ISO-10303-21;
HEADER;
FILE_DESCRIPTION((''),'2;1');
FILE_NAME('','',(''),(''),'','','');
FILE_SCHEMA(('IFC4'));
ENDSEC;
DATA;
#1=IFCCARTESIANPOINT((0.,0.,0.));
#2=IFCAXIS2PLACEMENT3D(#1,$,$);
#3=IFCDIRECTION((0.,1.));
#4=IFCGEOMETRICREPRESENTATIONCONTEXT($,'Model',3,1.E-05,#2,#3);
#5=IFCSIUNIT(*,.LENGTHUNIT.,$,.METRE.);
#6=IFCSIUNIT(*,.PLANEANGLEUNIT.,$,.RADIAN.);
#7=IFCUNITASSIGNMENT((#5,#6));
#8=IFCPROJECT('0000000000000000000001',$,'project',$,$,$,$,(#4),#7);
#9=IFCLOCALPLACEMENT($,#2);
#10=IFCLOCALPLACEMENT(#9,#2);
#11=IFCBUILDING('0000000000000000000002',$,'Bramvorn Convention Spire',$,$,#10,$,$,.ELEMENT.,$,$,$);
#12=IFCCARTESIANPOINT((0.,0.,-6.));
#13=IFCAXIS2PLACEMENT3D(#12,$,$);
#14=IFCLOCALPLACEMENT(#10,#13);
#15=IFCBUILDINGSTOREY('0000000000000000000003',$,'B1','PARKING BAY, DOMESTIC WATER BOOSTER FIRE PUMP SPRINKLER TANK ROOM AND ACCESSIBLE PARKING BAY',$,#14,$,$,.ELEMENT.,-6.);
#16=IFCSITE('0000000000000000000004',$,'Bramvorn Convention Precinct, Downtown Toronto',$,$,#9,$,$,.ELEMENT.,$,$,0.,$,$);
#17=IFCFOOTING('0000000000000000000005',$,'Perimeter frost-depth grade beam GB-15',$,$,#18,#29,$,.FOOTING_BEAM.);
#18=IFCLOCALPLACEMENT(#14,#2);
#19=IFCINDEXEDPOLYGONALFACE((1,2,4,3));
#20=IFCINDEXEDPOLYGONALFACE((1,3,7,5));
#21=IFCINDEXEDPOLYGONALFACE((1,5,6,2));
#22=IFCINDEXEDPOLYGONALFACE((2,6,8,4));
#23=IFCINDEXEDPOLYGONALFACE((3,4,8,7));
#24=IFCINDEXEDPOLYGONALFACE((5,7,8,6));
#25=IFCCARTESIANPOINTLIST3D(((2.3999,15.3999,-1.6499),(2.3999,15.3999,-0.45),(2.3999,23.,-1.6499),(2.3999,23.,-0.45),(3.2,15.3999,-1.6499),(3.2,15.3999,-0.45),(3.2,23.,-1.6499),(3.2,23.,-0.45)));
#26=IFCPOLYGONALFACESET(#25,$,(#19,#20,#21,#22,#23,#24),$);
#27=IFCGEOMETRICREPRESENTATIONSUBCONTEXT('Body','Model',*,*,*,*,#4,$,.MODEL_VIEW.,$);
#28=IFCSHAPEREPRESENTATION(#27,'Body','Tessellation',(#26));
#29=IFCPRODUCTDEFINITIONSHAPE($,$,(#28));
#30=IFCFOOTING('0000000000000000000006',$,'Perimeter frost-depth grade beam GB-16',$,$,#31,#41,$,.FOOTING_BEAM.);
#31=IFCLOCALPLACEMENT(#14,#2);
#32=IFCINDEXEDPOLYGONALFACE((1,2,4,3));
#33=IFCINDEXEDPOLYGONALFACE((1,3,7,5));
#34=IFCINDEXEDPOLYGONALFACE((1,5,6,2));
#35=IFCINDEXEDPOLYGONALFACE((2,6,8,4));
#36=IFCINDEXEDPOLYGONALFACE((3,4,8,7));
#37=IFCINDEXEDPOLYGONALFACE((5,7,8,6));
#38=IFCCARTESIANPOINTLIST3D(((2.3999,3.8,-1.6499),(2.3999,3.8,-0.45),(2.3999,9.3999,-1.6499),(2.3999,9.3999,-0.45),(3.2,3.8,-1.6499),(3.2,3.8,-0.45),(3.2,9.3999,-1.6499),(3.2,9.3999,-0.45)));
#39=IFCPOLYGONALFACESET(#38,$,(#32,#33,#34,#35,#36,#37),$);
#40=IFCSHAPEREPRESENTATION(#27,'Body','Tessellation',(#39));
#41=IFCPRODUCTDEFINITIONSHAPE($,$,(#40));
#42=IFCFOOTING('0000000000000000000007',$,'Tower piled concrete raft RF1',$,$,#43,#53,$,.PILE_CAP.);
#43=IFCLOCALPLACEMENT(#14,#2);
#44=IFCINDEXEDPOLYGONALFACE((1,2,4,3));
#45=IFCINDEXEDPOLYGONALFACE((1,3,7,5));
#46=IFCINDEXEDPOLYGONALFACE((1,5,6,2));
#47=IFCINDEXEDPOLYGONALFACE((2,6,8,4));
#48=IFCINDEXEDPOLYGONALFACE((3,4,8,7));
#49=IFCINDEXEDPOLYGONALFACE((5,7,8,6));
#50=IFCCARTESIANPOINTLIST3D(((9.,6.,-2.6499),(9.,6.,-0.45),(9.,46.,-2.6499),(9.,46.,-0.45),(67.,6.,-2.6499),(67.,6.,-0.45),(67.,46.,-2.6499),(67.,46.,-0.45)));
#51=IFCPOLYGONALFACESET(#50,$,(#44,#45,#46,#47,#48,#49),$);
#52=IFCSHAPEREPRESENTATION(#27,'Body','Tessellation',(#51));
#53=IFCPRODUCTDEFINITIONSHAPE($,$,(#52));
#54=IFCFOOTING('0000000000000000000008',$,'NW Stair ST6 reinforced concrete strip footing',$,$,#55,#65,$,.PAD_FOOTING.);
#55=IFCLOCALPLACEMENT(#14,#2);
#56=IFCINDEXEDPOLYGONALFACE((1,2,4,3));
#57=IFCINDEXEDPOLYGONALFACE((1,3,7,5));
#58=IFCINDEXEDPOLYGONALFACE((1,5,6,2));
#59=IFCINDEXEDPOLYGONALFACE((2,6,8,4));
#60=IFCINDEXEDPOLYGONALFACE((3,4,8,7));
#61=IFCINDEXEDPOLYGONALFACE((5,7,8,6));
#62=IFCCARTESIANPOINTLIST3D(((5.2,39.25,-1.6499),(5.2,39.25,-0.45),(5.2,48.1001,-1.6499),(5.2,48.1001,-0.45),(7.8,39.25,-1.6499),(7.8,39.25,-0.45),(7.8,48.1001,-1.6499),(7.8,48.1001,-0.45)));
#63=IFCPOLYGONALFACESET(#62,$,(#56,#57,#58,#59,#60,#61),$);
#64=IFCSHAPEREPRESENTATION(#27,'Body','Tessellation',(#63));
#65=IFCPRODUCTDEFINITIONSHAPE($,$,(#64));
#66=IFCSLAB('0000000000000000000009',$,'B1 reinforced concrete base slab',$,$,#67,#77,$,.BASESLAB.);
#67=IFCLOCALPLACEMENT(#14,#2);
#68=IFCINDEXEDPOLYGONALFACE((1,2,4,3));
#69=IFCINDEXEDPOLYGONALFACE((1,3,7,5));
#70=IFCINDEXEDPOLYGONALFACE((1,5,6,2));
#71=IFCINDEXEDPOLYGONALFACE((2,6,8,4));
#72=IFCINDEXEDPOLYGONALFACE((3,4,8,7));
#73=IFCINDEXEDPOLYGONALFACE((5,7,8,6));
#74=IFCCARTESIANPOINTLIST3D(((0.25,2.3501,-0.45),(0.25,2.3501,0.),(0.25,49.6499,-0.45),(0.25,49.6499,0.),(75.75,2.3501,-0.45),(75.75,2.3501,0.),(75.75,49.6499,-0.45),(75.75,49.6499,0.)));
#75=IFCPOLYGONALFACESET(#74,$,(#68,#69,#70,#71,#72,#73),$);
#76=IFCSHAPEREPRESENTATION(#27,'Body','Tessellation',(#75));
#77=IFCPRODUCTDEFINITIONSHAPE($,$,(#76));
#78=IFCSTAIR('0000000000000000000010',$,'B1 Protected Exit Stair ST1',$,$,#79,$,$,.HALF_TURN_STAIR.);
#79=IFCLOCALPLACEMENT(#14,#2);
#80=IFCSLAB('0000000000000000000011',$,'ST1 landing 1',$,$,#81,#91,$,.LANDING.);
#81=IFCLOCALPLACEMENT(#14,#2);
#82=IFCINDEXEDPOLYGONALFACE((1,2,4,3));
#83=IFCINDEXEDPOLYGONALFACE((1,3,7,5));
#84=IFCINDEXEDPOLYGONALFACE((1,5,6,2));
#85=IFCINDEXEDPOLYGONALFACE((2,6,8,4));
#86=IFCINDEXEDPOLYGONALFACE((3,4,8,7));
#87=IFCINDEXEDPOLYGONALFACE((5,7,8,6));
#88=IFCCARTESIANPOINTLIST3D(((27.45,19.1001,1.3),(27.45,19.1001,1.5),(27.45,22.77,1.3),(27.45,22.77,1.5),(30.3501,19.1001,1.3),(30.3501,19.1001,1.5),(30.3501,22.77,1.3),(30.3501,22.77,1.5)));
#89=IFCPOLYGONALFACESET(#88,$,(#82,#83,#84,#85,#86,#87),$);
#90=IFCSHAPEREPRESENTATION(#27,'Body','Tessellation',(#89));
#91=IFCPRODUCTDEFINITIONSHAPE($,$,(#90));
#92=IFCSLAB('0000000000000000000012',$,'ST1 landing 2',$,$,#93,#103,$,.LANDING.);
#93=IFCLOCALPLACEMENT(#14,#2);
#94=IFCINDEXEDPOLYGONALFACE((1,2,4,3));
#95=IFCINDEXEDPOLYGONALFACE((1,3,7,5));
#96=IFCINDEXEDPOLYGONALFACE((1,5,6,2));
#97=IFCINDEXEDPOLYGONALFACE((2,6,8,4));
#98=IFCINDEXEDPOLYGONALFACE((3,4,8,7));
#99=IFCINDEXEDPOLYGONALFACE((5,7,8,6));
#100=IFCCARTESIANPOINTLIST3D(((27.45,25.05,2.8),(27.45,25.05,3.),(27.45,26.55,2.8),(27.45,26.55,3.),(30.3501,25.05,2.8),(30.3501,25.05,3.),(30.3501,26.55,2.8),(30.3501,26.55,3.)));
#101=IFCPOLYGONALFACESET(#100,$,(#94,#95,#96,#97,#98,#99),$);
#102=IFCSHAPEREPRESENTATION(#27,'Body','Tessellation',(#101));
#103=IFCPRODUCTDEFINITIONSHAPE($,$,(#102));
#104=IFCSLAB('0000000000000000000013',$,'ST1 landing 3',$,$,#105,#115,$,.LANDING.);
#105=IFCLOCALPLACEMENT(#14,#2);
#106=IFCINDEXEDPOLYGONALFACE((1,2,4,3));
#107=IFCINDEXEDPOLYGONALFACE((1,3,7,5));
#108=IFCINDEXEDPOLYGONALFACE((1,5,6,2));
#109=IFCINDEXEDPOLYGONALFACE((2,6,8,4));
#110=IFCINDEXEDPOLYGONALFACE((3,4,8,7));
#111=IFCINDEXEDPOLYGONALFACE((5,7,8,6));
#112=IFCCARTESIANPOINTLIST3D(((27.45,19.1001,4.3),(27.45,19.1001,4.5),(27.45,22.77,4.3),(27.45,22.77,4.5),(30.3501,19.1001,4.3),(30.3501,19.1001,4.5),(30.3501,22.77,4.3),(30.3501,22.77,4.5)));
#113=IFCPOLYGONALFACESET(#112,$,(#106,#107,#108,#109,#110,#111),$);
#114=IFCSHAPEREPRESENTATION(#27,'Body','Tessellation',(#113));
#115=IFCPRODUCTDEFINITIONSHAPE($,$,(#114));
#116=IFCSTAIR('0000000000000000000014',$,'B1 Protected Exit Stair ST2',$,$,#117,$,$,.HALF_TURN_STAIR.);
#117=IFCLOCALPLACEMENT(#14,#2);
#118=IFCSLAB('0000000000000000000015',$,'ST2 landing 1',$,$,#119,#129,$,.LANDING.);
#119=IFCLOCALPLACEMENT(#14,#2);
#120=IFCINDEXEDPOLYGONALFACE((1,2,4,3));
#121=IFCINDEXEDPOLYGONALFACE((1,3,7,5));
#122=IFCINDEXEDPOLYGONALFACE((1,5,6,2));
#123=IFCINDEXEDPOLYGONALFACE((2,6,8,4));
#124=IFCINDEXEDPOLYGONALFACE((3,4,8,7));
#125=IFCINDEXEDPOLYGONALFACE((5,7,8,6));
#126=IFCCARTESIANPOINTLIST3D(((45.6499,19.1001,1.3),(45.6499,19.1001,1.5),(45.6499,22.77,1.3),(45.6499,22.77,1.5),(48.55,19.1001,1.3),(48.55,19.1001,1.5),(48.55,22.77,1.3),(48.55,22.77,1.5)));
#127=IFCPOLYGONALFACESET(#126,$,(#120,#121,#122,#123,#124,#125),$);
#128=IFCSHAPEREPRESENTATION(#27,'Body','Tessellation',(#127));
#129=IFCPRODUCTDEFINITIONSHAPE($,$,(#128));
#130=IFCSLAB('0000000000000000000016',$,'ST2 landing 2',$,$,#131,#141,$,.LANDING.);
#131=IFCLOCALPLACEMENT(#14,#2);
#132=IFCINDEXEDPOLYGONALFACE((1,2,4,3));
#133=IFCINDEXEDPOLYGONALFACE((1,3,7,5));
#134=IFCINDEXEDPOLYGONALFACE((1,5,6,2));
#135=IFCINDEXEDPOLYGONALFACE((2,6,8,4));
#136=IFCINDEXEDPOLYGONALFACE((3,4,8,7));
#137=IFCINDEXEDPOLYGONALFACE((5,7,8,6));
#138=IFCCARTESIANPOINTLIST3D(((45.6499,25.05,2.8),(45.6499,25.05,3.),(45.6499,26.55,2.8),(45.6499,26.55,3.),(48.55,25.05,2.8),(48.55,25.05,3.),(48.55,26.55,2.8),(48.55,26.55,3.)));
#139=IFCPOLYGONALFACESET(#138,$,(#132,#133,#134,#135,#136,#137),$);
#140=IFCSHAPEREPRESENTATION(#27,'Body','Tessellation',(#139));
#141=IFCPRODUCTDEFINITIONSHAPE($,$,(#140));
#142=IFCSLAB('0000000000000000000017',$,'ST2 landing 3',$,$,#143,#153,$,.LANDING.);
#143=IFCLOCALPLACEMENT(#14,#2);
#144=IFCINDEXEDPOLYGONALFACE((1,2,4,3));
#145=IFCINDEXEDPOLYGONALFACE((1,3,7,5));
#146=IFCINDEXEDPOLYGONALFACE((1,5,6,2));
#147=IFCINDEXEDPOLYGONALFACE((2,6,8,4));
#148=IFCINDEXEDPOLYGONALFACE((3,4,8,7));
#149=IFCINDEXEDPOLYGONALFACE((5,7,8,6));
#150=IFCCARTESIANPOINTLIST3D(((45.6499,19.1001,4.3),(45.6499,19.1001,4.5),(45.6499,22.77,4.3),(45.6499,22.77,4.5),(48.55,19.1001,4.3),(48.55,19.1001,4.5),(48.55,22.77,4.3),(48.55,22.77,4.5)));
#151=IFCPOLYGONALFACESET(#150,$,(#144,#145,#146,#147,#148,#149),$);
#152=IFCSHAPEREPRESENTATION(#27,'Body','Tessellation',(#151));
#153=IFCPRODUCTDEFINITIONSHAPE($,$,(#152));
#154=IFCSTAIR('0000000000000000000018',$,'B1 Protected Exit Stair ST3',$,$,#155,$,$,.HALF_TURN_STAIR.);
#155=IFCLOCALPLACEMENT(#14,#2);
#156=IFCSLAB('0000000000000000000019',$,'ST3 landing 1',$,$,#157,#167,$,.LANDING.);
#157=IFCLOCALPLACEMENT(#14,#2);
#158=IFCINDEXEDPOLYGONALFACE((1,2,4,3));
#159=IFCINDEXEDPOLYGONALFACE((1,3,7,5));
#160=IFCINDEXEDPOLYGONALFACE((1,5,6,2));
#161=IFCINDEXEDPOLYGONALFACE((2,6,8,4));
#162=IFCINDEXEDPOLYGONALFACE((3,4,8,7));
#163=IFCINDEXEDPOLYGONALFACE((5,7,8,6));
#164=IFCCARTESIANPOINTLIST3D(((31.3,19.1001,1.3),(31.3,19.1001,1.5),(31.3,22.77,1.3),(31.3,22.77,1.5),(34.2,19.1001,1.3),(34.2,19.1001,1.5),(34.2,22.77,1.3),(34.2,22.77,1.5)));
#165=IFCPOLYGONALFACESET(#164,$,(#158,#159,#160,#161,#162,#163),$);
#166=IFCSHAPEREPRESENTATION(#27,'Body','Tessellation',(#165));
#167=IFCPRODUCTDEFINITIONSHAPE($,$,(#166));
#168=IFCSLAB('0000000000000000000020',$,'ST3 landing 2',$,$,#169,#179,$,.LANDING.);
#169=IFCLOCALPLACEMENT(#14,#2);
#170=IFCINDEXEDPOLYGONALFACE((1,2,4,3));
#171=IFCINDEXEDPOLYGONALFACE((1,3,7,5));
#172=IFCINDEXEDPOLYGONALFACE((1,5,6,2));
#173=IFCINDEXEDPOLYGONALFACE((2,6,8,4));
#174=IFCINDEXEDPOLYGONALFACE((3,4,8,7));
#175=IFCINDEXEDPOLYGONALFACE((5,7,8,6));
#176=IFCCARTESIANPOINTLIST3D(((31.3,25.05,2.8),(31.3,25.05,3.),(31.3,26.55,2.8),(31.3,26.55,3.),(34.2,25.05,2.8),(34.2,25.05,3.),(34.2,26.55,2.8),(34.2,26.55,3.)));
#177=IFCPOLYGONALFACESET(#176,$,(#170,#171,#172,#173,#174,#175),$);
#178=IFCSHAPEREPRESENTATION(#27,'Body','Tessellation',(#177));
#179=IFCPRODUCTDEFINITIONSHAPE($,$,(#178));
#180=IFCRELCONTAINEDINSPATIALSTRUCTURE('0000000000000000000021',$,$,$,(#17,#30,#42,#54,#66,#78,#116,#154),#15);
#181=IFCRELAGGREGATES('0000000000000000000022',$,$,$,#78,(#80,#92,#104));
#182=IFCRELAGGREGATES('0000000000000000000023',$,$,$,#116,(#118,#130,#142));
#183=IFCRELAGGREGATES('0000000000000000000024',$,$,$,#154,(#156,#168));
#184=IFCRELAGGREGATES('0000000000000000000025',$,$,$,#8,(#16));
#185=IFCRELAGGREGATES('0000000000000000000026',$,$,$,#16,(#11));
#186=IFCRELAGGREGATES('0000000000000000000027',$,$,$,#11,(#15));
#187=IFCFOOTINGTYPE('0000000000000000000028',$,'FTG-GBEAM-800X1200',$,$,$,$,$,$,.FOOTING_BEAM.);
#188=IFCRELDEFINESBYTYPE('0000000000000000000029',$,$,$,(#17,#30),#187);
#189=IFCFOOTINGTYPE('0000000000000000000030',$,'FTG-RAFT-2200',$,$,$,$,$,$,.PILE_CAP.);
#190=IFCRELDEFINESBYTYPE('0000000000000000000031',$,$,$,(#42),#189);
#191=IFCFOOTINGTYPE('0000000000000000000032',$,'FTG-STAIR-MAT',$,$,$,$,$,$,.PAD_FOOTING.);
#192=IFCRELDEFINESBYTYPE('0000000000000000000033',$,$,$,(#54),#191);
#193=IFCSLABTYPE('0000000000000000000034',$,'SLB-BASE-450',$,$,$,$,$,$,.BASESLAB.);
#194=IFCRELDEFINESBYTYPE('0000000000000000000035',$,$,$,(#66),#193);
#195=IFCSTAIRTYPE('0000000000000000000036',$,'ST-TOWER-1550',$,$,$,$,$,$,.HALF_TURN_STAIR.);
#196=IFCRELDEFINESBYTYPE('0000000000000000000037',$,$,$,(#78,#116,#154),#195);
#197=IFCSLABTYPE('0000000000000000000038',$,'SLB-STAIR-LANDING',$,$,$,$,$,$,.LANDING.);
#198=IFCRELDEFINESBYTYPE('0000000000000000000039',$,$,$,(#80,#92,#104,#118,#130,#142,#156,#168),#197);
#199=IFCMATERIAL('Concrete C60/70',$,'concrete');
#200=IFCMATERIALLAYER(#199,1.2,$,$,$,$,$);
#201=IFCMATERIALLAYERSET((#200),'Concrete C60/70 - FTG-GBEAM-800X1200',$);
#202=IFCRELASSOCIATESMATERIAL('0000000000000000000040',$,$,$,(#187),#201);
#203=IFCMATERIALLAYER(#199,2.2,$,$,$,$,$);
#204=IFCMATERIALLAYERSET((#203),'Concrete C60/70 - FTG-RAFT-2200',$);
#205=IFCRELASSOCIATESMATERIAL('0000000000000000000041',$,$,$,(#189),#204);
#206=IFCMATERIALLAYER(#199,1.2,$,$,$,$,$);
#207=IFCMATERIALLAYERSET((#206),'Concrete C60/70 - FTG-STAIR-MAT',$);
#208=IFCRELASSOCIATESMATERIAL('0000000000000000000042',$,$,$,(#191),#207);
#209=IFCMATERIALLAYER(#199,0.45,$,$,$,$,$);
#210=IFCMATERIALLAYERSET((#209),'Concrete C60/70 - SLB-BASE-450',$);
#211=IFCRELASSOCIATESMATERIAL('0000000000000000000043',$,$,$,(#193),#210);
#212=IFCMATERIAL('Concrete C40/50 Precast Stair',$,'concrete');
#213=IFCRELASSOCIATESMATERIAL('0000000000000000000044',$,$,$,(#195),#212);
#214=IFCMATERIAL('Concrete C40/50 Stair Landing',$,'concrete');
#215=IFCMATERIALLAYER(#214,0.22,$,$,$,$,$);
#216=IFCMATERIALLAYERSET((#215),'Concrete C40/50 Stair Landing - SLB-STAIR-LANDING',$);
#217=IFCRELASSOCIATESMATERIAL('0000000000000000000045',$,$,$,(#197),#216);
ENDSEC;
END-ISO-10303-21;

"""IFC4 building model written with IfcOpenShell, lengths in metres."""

from ifc_helpers import new_model, si_unit, direction, frame, origin, place, context, subcontext, project, spatial, polyline, outline, extrude, material, layer, layer_set, type_object, element, aggregate, save


model = new_model("IFC4")

# Units and contexts
model_context = context("Model", 3, precision=1e-05, world=origin(), true_north=direction((0.0, 1.0)))
body_context = subcontext(model_context, "Body", "Model", "MODEL_VIEW")
ifc_project = project(units=[si_unit("LENGTHUNIT", "METRE"), si_unit("PLANEANGLEUNIT", "RADIAN")], contexts=[model_context])

# Site, building, storey
site_placement = place(None, origin())
site = spatial("IfcSite", under=ifc_project, at=site_placement, Name="Bramvorn Convention Precinct, Downtown Toronto", CompositionType="ELEMENT", RefElevation=0.0)
building_placement = place(site_placement, origin())
building = spatial("IfcBuilding", under=site, at=building_placement, Name="Bramvorn Convention Spire", CompositionType="ELEMENT")
storey_placement = place(building_placement, frame((0.0, 0.0, -6.0)))
storey = spatial("IfcBuildingStorey", under=building, at=storey_placement, Name="B1", Description="PARKING BAY, DOMESTIC WATER BOOSTER FIRE PUMP SPRINKLER TANK ROOM AND ACCESSIBLE PARKING BAY", CompositionType="ELEMENT", Elevation=-6.0)

# Footings
ifc_material_1 = material(Name="Concrete C60/70", Category="concrete")
ifc_layer_1 = layer(ifc_material_1, 1.2)
ifc_layer_set_1 = layer_set([ifc_layer_1], Name="Concrete C60/70 - FTG-GBEAM-800X1200")
footing_type_1 = type_object("IfcFootingType", Name="FTG-GBEAM-800X1200", PredefinedType="FOOTING_BEAM", material=ifc_layer_set_1)
footing_1_placement = place(storey_placement, frame((0.0, 0.0, -1.6499)))
element("IfcFooting", 1, at=footing_1_placement, inside=storey, type_object=footing_type_1, Name="Perimeter frost-depth grade beam GB-15", PredefinedType="FOOTING_BEAM", context=body_context, shape_type="SweptSolid", body=[
    extrude(outline(polyline([(2.3999, 15.3999), (3.2, 15.3999), (3.2, 23.0), (2.3999, 23.0), (2.3999, 15.3999)])), origin(), (0.0, 0.0, 1.0), 1.2),
])
footing_2_placement = place(storey_placement, frame((0.0, 0.0, -1.6499)))
element("IfcFooting", 2, at=footing_2_placement, inside=storey, type_object=footing_type_1, Name="Perimeter frost-depth grade beam GB-16", PredefinedType="FOOTING_BEAM", context=body_context, shape_type="SweptSolid", body=[
    extrude(outline(polyline([(2.3999, 3.8), (3.2, 3.8), (3.2, 9.3999), (2.3999, 9.3999), (2.3999, 3.8)])), origin(), (0.0, 0.0, 1.0), 1.2),
])
ifc_layer_2 = layer(ifc_material_1, 2.2)
ifc_layer_set_2 = layer_set([ifc_layer_2], Name="Concrete C60/70 - FTG-RAFT-2200")
footing_type_2 = type_object("IfcFootingType", Name="FTG-RAFT-2200", PredefinedType="PILE_CAP", material=ifc_layer_set_2)
footing_3_placement = place(storey_placement, frame((0.0, 0.0, -2.6499)))
element("IfcFooting", 3, at=footing_3_placement, inside=storey, type_object=footing_type_2, Name="Tower piled concrete raft RF1", PredefinedType="PILE_CAP", context=body_context, shape_type="SweptSolid", body=[
    extrude(outline(polyline([(9.0, 6.0), (67.0, 6.0), (67.0, 46.0), (9.0, 46.0), (9.0, 6.0)])), origin(), (0.0, 0.0, 1.0), 2.2),
])
ifc_layer_3 = layer(ifc_material_1, 1.2)
ifc_layer_set_3 = layer_set([ifc_layer_3], Name="Concrete C60/70 - FTG-STAIR-MAT")
footing_type_3 = type_object("IfcFootingType", Name="FTG-STAIR-MAT", PredefinedType="PAD_FOOTING", material=ifc_layer_set_3)
footing_4_placement = place(storey_placement, frame((0.0, 0.0, -1.6499)))
element("IfcFooting", 4, at=footing_4_placement, inside=storey, type_object=footing_type_3, Name="NW Stair ST6 reinforced concrete strip footing", PredefinedType="PAD_FOOTING", context=body_context, shape_type="SweptSolid", body=[
    extrude(outline(polyline([(5.2, 39.25), (7.8, 39.25), (7.8, 48.1001), (5.2, 48.1001), (5.2, 39.25)])), origin(), (0.0, 0.0, 1.0), 1.2),
])

# Slab
ifc_layer_4 = layer(ifc_material_1, 0.45)
ifc_layer_set_4 = layer_set([ifc_layer_4], Name="Concrete C60/70 - SLB-BASE-450")
slab_type_1 = type_object("IfcSlabType", Name="SLB-BASE-450", PredefinedType="BASESLAB", material=ifc_layer_set_4)
slab_1_placement = place(storey_placement, frame((0.0, 0.0, -0.45)))
element("IfcSlab", 5, at=slab_1_placement, inside=storey, type_object=slab_type_1, Name="B1 reinforced concrete base slab", PredefinedType="BASESLAB", context=body_context, shape_type="SweptSolid", body=[
    extrude(outline(polyline([(0.25, 2.3501), (75.75, 2.3501), (75.75, 49.6499), (0.25, 49.6499), (0.25, 2.3501)])), origin(), (0.0, 0.0, 1.0), 0.45),
])

# Stairs, slabs
ifc_material_2 = material(Name="Concrete C40/50 Precast Stair", Category="concrete")
stair_type = type_object("IfcStairType", Name="ST-TOWER-1550", PredefinedType="HALF_TURN_STAIR", material=ifc_material_2)
stair_1_placement = place(storey_placement, origin())
stair_1 = element("IfcStair", 6, at=stair_1_placement, inside=storey, type_object=stair_type, Name="B1 Protected Exit Stair ST1", PredefinedType="HALF_TURN_STAIR")
ifc_material_3 = material(Name="Concrete C40/50 Stair Landing", Category="concrete")
ifc_layer_5 = layer(ifc_material_3, 0.22)
ifc_layer_set_5 = layer_set([ifc_layer_5], Name="Concrete C40/50 Stair Landing - SLB-STAIR-LANDING")
slab_type_2 = type_object("IfcSlabType", Name="SLB-STAIR-LANDING", PredefinedType="LANDING", material=ifc_layer_set_5)
slab_2_placement = place(storey_placement, frame((0.0, 0.0, 1.3)))
slab_2 = element("IfcSlab", 7, at=slab_2_placement, type_object=slab_type_2, Name="ST1 landing 1", PredefinedType="LANDING", context=body_context, shape_type="SweptSolid", body=[
    extrude(outline(polyline([(27.45, 22.77), (27.45, 19.1001), (30.3501, 19.1001), (30.3501, 22.77), (27.45, 22.77)])), origin(), (0.0, 0.0, 1.0), 0.2),
])
slab_3_placement = place(storey_placement, frame((0.0, 0.0, 2.8)))
slab_3 = element("IfcSlab", 8, at=slab_3_placement, type_object=slab_type_2, Name="ST1 landing 2", PredefinedType="LANDING", context=body_context, shape_type="SweptSolid", body=[
    extrude(outline(polyline([(27.45, 26.55), (27.45, 25.05), (30.3501, 25.05), (30.3501, 26.55), (27.45, 26.55)])), origin(), (0.0, 0.0, 1.0), 0.2),
])
slab_4_placement = place(storey_placement, frame((0.0, 0.0, 4.3)))
slab_4 = element("IfcSlab", 9, at=slab_4_placement, type_object=slab_type_2, Name="ST1 landing 3", PredefinedType="LANDING", context=body_context, shape_type="SweptSolid", body=[
    extrude(outline(polyline([(27.45, 22.77), (27.45, 19.1001), (30.3501, 19.1001), (30.3501, 22.77), (27.45, 22.77)])), origin(), (0.0, 0.0, 1.0), 0.2),
])
aggregate(stair_1, [slab_2, slab_3, slab_4])
stair_2_placement = place(storey_placement, origin())
stair_2 = element("IfcStair", 10, at=stair_2_placement, inside=storey, type_object=stair_type, Name="B1 Protected Exit Stair ST2", PredefinedType="HALF_TURN_STAIR")
slab_5_placement = place(storey_placement, frame((0.0, 0.0, 1.3)))
slab_5 = element("IfcSlab", 11, at=slab_5_placement, type_object=slab_type_2, Name="ST2 landing 1", PredefinedType="LANDING", context=body_context, shape_type="SweptSolid", body=[
    extrude(outline(polyline([(45.6499, 22.77), (45.6499, 19.1001), (48.55, 19.1001), (48.55, 22.77), (45.6499, 22.77)])), origin(), (0.0, 0.0, 1.0), 0.2),
])
slab_6_placement = place(storey_placement, frame((0.0, 0.0, 2.8)))
slab_6 = element("IfcSlab", 12, at=slab_6_placement, type_object=slab_type_2, Name="ST2 landing 2", PredefinedType="LANDING", context=body_context, shape_type="SweptSolid", body=[
    extrude(outline(polyline([(45.6499, 26.55), (45.6499, 25.05), (48.55, 25.05), (48.55, 26.55), (45.6499, 26.55)])), origin(), (0.0, 0.0, 1.0), 0.2),
])
slab_7_placement = place(storey_placement, frame((0.0, 0.0, 4.3)))
slab_7 = element("IfcSlab", 13, at=slab_7_placement, type_object=slab_type_2, Name="ST2 landing 3", PredefinedType="LANDING", context=body_context, shape_type="SweptSolid", body=[
    extrude(outline(polyline([(45.6499, 22.77), (45.6499, 19.1001), (48.55, 19.1001), (48.55, 22.77), (45.6499, 22.77)])), origin(), (0.0, 0.0, 1.0), 0.2),
])
aggregate(stair_2, [slab_5, slab_6, slab_7])
stair_3_placement = place(storey_placement, origin())
stair_3 = element("IfcStair", 14, at=stair_3_placement, inside=storey, type_object=stair_type, Name="B1 Protected Exit Stair ST3", PredefinedType="HALF_TURN_STAIR")
slab_8_placement = place(storey_placement, frame((0.0, 0.0, 1.3)))
slab_8 = element("IfcSlab", 15, at=slab_8_placement, type_object=slab_type_2, Name="ST3 landing 1", PredefinedType="LANDING", context=body_context, shape_type="SweptSolid", body=[
    extrude(outline(polyline([(31.3, 22.77), (31.3, 19.1001), (34.2, 19.1001), (34.2, 22.77), (31.3, 22.77)])), origin(), (0.0, 0.0, 1.0), 0.2),
])
slab_9_placement = place(storey_placement, frame((0.0, 0.0, 2.8)))
slab_9 = element("IfcSlab", 16, at=slab_9_placement, type_object=slab_type_2, Name="ST3 landing 2", PredefinedType="LANDING", context=body_context, shape_type="SweptSolid", body=[
    extrude(outline(polyline([(31.3, 26.55), (31.3, 25.05), (34.2, 25.05), (34.2, 26.55), (31.3, 26.55)])), origin(), (0.0, 0.0, 1.0), 0.2),
])
aggregate(stair_3, [slab_8, slab_9])

save(model, "model.ifc")
